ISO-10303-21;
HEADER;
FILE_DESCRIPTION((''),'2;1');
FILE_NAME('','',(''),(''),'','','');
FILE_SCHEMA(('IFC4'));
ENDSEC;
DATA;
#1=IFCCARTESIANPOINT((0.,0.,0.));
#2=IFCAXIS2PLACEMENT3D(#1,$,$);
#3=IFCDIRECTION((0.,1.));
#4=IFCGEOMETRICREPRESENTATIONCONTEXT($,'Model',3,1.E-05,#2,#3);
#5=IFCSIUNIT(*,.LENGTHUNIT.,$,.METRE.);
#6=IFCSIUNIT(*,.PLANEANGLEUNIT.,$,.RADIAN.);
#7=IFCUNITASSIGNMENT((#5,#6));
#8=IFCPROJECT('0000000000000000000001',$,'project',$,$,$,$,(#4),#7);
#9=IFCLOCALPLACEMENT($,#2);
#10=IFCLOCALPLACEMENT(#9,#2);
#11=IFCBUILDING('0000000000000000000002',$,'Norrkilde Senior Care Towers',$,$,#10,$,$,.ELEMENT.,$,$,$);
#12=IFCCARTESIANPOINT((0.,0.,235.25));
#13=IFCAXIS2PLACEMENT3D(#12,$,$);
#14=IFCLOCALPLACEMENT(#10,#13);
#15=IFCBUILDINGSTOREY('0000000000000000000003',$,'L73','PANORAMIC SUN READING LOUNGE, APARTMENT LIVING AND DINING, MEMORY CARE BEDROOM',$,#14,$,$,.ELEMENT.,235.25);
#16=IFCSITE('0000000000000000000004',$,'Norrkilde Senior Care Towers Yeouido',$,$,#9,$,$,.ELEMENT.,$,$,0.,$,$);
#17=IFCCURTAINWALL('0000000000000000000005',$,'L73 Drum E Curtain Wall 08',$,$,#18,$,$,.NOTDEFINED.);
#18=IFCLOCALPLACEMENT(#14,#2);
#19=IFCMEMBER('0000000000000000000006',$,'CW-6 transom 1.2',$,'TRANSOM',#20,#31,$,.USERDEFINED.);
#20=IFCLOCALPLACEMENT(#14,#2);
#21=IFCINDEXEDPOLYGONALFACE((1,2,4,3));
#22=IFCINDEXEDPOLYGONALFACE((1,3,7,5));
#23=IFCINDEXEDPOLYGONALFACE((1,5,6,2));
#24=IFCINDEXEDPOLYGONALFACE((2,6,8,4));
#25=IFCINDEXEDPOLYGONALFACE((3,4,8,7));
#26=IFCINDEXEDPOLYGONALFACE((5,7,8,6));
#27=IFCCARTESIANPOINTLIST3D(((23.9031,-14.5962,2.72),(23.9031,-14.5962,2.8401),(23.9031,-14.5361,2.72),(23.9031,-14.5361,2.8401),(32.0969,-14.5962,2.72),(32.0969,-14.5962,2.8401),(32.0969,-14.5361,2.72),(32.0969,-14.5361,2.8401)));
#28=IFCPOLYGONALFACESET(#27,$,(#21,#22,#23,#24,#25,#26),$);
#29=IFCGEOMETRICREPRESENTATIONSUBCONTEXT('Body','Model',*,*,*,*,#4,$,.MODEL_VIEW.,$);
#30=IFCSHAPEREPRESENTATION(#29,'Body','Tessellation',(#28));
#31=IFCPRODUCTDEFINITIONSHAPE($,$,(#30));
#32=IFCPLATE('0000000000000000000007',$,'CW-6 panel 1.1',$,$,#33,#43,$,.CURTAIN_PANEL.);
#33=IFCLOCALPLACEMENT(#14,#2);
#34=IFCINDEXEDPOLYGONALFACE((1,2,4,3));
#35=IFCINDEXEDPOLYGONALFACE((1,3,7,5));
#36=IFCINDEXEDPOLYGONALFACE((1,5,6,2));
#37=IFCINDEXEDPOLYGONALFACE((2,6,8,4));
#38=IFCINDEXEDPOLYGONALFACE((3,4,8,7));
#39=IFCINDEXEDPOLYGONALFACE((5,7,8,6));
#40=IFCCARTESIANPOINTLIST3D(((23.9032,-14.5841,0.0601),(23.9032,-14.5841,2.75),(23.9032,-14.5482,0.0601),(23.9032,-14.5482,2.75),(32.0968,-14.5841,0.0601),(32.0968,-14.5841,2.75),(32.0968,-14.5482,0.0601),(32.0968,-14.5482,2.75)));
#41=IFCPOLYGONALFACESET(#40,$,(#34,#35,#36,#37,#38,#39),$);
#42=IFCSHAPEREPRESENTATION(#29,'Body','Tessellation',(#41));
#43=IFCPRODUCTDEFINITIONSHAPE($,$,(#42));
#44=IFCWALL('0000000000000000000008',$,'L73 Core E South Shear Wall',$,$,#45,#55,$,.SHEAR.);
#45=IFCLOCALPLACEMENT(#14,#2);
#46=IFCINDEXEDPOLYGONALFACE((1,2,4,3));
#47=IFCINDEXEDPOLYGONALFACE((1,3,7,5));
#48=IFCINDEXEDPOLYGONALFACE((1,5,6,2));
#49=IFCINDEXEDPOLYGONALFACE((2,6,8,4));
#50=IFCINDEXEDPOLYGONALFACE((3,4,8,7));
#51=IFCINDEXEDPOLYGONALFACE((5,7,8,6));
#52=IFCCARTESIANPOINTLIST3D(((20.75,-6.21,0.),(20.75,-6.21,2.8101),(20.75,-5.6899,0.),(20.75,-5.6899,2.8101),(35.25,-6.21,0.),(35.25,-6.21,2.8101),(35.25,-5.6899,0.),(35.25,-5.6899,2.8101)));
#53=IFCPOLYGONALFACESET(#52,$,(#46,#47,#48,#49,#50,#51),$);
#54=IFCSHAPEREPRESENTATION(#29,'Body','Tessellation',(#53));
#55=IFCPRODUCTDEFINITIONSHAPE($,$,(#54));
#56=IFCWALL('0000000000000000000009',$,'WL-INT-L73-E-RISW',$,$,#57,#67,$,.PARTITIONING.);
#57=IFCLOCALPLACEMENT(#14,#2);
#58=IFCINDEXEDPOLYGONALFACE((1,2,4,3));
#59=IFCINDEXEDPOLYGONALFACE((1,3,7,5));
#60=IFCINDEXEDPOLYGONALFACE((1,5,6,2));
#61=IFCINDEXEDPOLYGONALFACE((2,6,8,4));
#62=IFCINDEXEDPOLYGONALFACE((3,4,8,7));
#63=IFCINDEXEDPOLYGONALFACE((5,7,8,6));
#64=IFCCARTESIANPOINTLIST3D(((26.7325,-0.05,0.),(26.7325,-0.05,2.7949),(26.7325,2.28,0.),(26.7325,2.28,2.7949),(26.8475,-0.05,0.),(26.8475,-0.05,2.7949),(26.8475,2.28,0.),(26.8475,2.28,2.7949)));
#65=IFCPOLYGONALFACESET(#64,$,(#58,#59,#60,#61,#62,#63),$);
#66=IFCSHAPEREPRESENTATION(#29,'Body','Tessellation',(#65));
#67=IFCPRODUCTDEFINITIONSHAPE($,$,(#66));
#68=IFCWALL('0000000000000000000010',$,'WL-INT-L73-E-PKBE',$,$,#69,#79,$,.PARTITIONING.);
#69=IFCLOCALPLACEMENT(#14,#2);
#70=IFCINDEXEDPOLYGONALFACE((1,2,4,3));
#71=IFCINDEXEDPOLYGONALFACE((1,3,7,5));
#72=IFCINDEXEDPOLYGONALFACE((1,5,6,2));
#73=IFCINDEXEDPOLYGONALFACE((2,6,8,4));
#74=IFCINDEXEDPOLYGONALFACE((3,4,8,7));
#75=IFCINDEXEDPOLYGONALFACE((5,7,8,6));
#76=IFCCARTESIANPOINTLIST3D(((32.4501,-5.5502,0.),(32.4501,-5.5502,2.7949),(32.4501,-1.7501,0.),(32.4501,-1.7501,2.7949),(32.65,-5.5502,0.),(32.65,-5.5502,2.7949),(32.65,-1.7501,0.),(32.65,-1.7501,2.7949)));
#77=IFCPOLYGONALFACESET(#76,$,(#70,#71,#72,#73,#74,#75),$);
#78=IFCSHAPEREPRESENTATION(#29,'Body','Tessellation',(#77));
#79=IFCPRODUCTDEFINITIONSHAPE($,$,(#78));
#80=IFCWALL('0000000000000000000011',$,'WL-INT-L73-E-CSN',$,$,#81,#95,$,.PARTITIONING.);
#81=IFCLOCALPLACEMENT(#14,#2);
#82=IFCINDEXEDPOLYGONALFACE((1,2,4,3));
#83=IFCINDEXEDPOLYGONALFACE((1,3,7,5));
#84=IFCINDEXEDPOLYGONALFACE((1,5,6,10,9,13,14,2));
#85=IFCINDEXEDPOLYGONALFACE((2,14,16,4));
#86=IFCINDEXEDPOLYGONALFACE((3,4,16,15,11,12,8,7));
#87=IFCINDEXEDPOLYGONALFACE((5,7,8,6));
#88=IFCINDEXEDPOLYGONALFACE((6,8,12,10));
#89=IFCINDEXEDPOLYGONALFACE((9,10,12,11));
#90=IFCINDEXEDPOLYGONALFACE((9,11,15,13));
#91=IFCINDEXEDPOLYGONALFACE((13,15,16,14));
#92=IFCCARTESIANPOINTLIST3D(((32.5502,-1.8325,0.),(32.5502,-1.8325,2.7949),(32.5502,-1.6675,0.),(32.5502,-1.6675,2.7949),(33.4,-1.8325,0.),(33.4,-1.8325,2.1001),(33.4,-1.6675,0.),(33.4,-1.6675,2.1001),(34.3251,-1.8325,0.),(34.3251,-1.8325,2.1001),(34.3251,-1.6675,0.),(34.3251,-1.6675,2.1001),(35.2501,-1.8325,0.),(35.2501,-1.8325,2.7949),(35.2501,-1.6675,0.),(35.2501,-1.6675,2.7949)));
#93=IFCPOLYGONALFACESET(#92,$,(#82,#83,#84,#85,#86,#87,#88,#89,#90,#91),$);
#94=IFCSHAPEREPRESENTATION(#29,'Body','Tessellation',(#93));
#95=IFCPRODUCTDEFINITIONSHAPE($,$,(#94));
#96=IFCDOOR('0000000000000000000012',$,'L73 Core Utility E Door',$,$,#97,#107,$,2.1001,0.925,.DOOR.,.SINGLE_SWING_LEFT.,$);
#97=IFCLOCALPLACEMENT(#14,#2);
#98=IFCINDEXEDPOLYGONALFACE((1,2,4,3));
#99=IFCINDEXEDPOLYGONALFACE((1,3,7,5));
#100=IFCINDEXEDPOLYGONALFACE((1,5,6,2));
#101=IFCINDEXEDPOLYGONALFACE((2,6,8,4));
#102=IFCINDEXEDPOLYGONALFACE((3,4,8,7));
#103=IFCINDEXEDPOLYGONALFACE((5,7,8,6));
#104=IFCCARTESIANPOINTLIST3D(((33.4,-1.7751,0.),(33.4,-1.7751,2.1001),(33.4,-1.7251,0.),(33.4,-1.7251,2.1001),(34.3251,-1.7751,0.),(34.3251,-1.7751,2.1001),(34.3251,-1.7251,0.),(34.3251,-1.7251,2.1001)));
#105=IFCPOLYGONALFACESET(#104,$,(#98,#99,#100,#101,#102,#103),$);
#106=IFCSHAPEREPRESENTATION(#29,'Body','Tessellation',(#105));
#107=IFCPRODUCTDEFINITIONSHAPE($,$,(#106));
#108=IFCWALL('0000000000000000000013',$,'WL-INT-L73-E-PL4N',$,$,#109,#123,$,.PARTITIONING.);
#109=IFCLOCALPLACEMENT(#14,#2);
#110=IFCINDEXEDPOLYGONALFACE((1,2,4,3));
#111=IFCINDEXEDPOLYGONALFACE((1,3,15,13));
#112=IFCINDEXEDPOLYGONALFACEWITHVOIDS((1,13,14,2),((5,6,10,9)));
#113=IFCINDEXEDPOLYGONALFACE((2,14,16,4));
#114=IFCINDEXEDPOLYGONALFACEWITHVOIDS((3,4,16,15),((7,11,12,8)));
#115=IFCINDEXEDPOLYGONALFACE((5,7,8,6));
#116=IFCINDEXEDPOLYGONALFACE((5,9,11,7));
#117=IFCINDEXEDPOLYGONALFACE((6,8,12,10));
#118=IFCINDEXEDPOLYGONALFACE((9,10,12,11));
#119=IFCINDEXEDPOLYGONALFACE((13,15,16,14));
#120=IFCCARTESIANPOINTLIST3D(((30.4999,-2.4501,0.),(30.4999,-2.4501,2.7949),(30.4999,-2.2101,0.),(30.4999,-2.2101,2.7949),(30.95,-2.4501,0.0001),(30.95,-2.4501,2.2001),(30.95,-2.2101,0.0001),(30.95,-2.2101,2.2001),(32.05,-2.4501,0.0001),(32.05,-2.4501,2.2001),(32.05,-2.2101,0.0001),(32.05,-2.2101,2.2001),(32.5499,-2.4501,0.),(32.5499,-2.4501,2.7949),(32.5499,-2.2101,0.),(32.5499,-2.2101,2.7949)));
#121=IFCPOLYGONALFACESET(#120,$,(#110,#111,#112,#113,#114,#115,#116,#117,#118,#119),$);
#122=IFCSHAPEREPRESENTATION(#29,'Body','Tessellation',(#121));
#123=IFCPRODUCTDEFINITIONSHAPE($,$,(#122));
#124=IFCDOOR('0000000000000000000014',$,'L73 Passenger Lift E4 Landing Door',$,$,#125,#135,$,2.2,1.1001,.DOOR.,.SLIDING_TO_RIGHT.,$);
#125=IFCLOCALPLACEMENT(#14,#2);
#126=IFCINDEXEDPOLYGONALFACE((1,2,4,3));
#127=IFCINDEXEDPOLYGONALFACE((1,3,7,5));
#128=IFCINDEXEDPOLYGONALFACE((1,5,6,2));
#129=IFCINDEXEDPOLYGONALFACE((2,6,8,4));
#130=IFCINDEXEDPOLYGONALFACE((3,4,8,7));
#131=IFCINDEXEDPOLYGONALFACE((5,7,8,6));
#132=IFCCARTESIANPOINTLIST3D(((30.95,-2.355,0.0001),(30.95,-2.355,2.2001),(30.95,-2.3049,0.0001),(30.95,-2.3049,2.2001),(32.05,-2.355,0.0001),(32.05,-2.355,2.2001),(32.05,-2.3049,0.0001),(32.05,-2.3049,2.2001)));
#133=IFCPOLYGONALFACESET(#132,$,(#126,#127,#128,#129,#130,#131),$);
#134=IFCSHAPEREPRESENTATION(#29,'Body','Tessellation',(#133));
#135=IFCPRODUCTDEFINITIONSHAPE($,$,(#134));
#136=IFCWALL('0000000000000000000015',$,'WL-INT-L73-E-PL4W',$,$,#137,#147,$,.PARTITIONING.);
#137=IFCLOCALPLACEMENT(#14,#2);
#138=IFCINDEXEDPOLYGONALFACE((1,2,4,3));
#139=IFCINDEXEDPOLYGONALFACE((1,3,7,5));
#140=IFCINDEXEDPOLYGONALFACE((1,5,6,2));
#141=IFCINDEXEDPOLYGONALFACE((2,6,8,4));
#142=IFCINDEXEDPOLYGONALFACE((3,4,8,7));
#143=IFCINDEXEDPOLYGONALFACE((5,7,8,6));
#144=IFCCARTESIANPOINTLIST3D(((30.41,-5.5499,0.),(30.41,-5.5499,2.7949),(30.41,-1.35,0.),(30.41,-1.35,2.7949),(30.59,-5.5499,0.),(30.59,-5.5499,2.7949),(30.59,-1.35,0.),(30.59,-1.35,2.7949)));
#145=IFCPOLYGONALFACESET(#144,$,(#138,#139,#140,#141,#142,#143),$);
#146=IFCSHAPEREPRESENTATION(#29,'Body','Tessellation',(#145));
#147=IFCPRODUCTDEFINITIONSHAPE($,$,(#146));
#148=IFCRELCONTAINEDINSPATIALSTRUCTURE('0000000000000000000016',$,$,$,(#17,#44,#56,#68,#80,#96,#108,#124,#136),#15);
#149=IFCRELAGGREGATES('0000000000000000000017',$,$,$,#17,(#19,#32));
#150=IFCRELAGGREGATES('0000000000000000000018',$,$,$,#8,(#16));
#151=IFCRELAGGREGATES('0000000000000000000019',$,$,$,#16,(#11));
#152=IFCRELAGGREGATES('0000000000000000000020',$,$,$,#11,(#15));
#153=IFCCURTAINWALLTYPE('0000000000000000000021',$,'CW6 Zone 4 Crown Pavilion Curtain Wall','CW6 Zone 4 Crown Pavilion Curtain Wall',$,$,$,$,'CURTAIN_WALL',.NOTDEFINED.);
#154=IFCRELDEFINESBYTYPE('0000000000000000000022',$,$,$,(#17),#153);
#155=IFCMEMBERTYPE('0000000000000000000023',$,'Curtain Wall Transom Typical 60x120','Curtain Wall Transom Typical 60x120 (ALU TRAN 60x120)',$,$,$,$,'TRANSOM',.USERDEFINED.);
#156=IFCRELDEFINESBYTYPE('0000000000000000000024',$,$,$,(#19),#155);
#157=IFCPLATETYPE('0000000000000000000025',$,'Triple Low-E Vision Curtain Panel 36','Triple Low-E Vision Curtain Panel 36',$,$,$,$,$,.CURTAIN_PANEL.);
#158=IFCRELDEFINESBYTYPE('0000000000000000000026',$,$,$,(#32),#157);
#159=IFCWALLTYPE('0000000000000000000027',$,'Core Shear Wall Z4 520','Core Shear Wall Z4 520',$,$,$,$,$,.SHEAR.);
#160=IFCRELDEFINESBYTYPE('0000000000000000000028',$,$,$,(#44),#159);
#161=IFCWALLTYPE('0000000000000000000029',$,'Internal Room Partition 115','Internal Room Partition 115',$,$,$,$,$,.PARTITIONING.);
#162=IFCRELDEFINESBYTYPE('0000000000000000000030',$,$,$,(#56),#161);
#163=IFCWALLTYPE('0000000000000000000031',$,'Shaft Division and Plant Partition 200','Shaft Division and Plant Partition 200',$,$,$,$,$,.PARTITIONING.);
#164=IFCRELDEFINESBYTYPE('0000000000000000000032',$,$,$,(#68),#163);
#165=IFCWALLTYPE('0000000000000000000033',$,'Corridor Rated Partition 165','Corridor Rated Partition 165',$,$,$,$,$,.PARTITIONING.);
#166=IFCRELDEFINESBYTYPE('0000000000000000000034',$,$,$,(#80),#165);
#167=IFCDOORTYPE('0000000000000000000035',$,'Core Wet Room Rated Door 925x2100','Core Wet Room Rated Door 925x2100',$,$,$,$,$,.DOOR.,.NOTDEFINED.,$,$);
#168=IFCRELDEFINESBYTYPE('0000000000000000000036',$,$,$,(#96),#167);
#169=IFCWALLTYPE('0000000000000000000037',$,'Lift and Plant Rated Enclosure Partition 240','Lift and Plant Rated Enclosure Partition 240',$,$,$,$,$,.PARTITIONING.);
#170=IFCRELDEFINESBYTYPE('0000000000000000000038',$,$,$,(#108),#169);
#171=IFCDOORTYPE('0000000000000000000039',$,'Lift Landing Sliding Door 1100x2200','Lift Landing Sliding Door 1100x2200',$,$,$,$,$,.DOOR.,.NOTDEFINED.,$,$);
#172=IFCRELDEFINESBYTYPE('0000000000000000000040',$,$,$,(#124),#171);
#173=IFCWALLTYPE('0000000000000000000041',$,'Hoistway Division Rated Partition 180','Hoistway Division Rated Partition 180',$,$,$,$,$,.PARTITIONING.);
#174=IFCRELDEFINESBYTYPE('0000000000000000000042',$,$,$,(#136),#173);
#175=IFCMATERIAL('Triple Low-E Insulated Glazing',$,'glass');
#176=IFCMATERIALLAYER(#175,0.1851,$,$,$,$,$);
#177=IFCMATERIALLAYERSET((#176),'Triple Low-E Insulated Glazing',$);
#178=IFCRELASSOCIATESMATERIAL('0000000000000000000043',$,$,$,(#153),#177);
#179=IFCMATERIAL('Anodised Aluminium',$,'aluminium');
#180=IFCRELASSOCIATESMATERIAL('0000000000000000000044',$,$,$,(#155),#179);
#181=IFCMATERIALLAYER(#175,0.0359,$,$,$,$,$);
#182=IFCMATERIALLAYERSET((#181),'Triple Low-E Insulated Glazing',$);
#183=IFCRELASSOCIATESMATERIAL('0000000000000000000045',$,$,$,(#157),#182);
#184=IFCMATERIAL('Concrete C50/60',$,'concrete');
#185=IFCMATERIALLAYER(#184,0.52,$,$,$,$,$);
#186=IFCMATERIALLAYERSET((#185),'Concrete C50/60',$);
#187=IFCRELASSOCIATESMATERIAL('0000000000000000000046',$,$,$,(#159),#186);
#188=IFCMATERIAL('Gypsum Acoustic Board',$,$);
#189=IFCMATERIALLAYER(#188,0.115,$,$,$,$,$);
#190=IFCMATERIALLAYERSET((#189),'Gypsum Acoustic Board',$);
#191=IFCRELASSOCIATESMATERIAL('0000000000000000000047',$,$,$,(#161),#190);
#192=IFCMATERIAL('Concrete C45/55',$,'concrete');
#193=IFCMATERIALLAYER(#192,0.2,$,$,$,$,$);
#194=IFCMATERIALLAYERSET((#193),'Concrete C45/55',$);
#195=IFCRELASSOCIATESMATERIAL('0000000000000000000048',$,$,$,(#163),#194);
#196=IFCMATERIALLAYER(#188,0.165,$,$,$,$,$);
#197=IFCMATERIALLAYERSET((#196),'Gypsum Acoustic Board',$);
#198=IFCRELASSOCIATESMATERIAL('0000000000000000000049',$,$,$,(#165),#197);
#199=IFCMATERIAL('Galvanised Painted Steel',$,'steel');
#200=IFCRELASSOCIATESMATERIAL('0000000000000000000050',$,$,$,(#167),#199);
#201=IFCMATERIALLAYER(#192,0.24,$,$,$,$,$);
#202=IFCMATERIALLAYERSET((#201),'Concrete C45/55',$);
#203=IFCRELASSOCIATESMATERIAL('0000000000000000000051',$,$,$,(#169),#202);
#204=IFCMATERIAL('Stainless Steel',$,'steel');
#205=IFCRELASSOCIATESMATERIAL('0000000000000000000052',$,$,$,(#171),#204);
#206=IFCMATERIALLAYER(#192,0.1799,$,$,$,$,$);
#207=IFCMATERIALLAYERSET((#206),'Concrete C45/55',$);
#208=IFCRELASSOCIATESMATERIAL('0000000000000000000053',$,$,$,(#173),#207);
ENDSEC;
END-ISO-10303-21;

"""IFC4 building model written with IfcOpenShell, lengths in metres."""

from ifc_helpers import new_model, si_unit, direction, frame, frame_2d, origin, origin_2d, place, context, subcontext, project, spatial, rectangle, extrude, source, transform, mapped, material, layer, layer_set, material_profile, profile_set, type_object, type_shapes, element, fill, aggregate, save


model = new_model("IFC4")

# Units and contexts
model_context = context("Model", 3, precision=1e-05, world=origin(), true_north=direction((0.0, 1.0)))
body_context = subcontext(model_context, "Body", "Model", "MODEL_VIEW")
ifc_project = project(units=[si_unit("LENGTHUNIT", "METRE"), si_unit("PLANEANGLEUNIT", "RADIAN")], contexts=[model_context])

# Site, building, storey
site_placement = place(None, origin())
site = spatial("IfcSite", under=ifc_project, at=site_placement, Name="Norrkilde Senior Care Towers Yeouido", CompositionType="ELEMENT", RefElevation=0.0)
building_placement = place(site_placement, origin())
building = spatial("IfcBuilding", under=site, at=building_placement, Name="Norrkilde Senior Care Towers", CompositionType="ELEMENT")
storey_placement = place(building_placement, frame((0.0, 0.0, 235.25)))
storey = spatial("IfcBuildingStorey", under=building, at=storey_placement, Name="L73", Description="PANORAMIC SUN READING LOUNGE, APARTMENT LIVING AND DINING, MEMORY CARE BEDROOM", CompositionType="ELEMENT", Elevation=235.25)

# Shared definitions
ifc_material_1 = material(Name="Concrete C50/60", Category="concrete")

# Curtain wall
ifc_material_2 = material(Name="Triple Low-E Insulated Glazing", Category="glass")
ifc_layer_1 = layer(ifc_material_2, 0.1851)
ifc_layer_set_1 = layer_set([ifc_layer_1], Name="Triple Low-E Insulated Glazing")
curtain_wall_type = type_object("IfcCurtainWallType", Name="CW6 Zone 4 Crown Pavilion Curtain Wall", Description="CW6 Zone 4 Crown Pavilion Curtain Wall", ElementType="CURTAIN_WALL", PredefinedType="NOTDEFINED", material=ifc_layer_set_1)
curtain_wall_1_placement = place(storey_placement, origin())
curtain_wall_1 = element("IfcCurtainWall", 1, at=curtain_wall_1_placement, inside=storey, type_object=curtain_wall_type, Name="L73 Drum E Curtain Wall 08", PredefinedType="NOTDEFINED")
ifc_material_3 = material(Name="Anodised Aluminium", Category="aluminium")

# Member
ifc_material_profile_1 = material_profile(ifc_material_3, rectangle(XDim=0.0601, YDim=0.1201, at=origin_2d()), Name="ALU TRAN 60x120")
ifc_profile_set_1 = profile_set([ifc_material_profile_1], Name="Anodised Aluminium")
member_type_1 = type_object("IfcMemberType", Name="Curtain Wall Transom Typical 60x120", Description="Curtain Wall Transom Typical 60x120 (ALU TRAN 60x120)", ElementType="TRANSOM", PredefinedType="USERDEFINED", material=ifc_profile_set_1)
shared_shape_1 = source(origin(), body_context, "Body", "SweptSolid", [
    extrude(rectangle(XDim=0.0601, YDim=0.1201, at=origin_2d()), origin(), (0.0, 0.0, 1.0), 8.1938),
])
type_shapes(member_type_1, [shared_shape_1])
member_1_placement = place(storey_placement, frame((32.0969, -14.5662, 2.78), z_axis=(-1.0, 0.0, 0.0), x_axis=(0.0, -1.0, 0.0)))
member_1 = element("IfcMember", 2, at=member_1_placement, type_object=member_type_1, Name="CW-6 transom 1.2", ObjectType="TRANSOM", PredefinedType="USERDEFINED", context=body_context, shape_type="MappedRepresentation", body=[
    mapped(shared_shape_1, transform((0.0, 0.0, 0.0), x_axis=(1.0, 0.0, 0.0), y_axis=(0.0, 1.0, 0.0), z_axis=(0.0, 0.0, 1.0), scale=1.0)),
])

# Plate
ifc_layer_2 = layer(ifc_material_2, 0.0359)
ifc_layer_set_2 = layer_set([ifc_layer_2], Name="Triple Low-E Insulated Glazing")
plate_type = type_object("IfcPlateType", Name="Triple Low-E Vision Curtain Panel 36", Description="Triple Low-E Vision Curtain Panel 36", PredefinedType="CURTAIN_PANEL", material=ifc_layer_set_2)
shared_shape_2 = source(origin(), body_context, "Body", "SweptSolid", [
    extrude(rectangle(XDim=8.1936, YDim=0.0359, at=origin_2d()), origin(), (0.0, 0.0, 1.0), 2.6899),
])
type_shapes(plate_type, [shared_shape_2])
plate_placement = place(storey_placement, frame((28.0, -14.5662, 0.0601), z_axis=(0.0, 0.0, 1.0), x_axis=(-1.0, 0.0, 0.0)))
plate = element("IfcPlate", 3, at=plate_placement, type_object=plate_type, Name="CW-6 panel 1.1", PredefinedType="CURTAIN_PANEL", context=body_context, shape_type="MappedRepresentation", body=[
    mapped(shared_shape_2, transform((0.0, 0.0, 0.0), x_axis=(1.0, 0.0, 0.0), y_axis=(0.0, 1.0, 0.0), z_axis=(0.0, 0.0, 1.0), scale=1.0)),
])
aggregate(curtain_wall_1, [member_1, plate])

# Walls
ifc_layer_3 = layer(ifc_material_1, 0.52)
ifc_layer_set_3 = layer_set([ifc_layer_3], Name="Concrete C50/60")
wall_type_1 = type_object("IfcWallType", Name="Core Shear Wall Z4 520", Description="Core Shear Wall Z4 520", PredefinedType="SHEAR", material=ifc_layer_set_3)
shared_shape_3 = source(origin(), body_context, "Body", "SweptSolid", [
    extrude(rectangle(XDim=14.5, YDim=0.52, at=frame_2d((7.25, 0.0))), origin(), (0.0, 0.0, 1.0), 2.8101),
])
type_shapes(wall_type_1, [shared_shape_3])
wall_1_placement = place(storey_placement, frame((35.25, -5.95, 0.0), z_axis=(0.0, 0.0, 1.0), x_axis=(-1.0, 0.0, 0.0)))
element("IfcWall", 4, at=wall_1_placement, inside=storey, type_object=wall_type_1, Name="L73 Core E South Shear Wall", PredefinedType="SHEAR", context=body_context, shape_type="MappedRepresentation", body=[
    mapped(shared_shape_3, transform((0.0, 0.0, 0.0), x_axis=(1.0, 0.0, 0.0), y_axis=(0.0, 1.0, 0.0), z_axis=(0.0, 0.0, 1.0), scale=1.0)),
])
ifc_material_4 = material(Name="Gypsum Acoustic Board")
ifc_layer_4 = layer(ifc_material_4, 0.115)
ifc_layer_set_4 = layer_set([ifc_layer_4], Name="Gypsum Acoustic Board")
wall_type_2 = type_object("IfcWallType", Name="Internal Room Partition 115", Description="Internal Room Partition 115", PredefinedType="PARTITIONING", material=ifc_layer_set_4)
shared_shape_4 = source(origin(), body_context, "Body", "SweptSolid", [
    extrude(rectangle(XDim=2.3301, YDim=0.115, at=frame_2d((1.165, 0.0))), origin(), (0.0, 0.0, 1.0), 2.7949),
])
wall_2_placement = place(storey_placement, frame((26.79, -0.05, 0.0), z_axis=(0.0, 0.0, 1.0), x_axis=(0.0, 1.0, 0.0)))
element("IfcWall", 5, at=wall_2_placement, inside=storey, type_object=wall_type_2, Name="WL-INT-L73-E-RISW", PredefinedType="PARTITIONING", context=body_context, shape_type="MappedRepresentation", body=[
    mapped(shared_shape_4, transform((0.0, 0.0, 0.0), x_axis=(1.0, 0.0, 0.0), y_axis=(0.0, 1.0, 0.0), z_axis=(0.0, 0.0, 1.0), scale=1.0)),
])
ifc_material_5 = material(Name="Concrete C45/55", Category="concrete")
ifc_layer_5 = layer(ifc_material_5, 0.2)
ifc_layer_set_5 = layer_set([ifc_layer_5], Name="Concrete C45/55")
wall_type_3 = type_object("IfcWallType", Name="Shaft Division and Plant Partition 200", Description="Shaft Division and Plant Partition 200", PredefinedType="PARTITIONING", material=ifc_layer_set_5)
shared_shape_5 = source(origin(), body_context, "Body", "SweptSolid", [
    extrude(rectangle(XDim=3.8, YDim=0.2, at=frame_2d((1.8999, 0.0))), origin(), (0.0, 0.0, 1.0), 2.7949),
])
type_shapes(wall_type_3, [shared_shape_5])
wall_3_placement = place(storey_placement, frame((32.55, -5.55, 0.0), z_axis=(0.0, 0.0, 1.0), x_axis=(0.0, 1.0, 0.0)))
element("IfcWall", 6, at=wall_3_placement, inside=storey, type_object=wall_type_3, Name="WL-INT-L73-E-PKBE", PredefinedType="PARTITIONING", context=body_context, shape_type="MappedRepresentation", body=[
    mapped(shared_shape_5, transform((0.0, 0.0, 0.0), x_axis=(1.0, 0.0, 0.0), y_axis=(0.0, 1.0, 0.0), z_axis=(0.0, 0.0, 1.0), scale=1.0)),
])

# Walls, openings, doors
ifc_layer_6 = layer(ifc_material_4, 0.165)
ifc_layer_set_6 = layer_set([ifc_layer_6], Name="Gypsum Acoustic Board")
wall_type_4 = type_object("IfcWallType", Name="Corridor Rated Partition 165", Description="Corridor Rated Partition 165", PredefinedType="PARTITIONING", material=ifc_layer_set_6)
shared_shape_6 = source(origin(), body_context, "Body", "SweptSolid", [
    extrude(rectangle(XDim=2.7, YDim=0.165, at=frame_2d((1.3501, 0.0))), origin(), (0.0, 0.0, 1.0), 2.7949),
])
wall_4_placement = place(storey_placement, frame((32.55, -1.75, 0.0), z_axis=(0.0, 0.0, 1.0), x_axis=(1.0, 0.0, 0.0)))
wall_4 = element("IfcWall", 7, at=wall_4_placement, inside=storey, type_object=wall_type_4, Name="WL-INT-L73-E-CSN", PredefinedType="PARTITIONING", context=body_context, shape_type="MappedRepresentation", body=[
    mapped(shared_shape_6, transform((0.0, 0.0, 0.0), x_axis=(1.0, 0.0, 0.0), y_axis=(0.0, 1.0, 0.0), z_axis=(0.0, 0.0, 1.0), scale=1.0)),
])
opening_1_placement = place(wall_4_placement, frame((0.8501, 0.0, 0.0)))
opening_1 = element("IfcOpeningElement", 8, at=opening_1_placement, cuts=wall_4, PredefinedType="OPENING", context=body_context, shape_type="SweptSolid", body=[
    extrude(rectangle(XDim=0.925, YDim=2.1001, at=frame_2d((0.4624, 1.05))), frame((0.0, 0.0925, 0.0), z_axis=(0.0, -1.0, 0.0), x_axis=(1.0, 0.0, 0.0)), (0.0, 0.0, 1.0), 0.1851),
])
ifc_material_6 = material(Name="Galvanised Painted Steel", Category="steel")
door_type_1 = type_object("IfcDoorType", Name="Core Wet Room Rated Door 925x2100", Description="Core Wet Room Rated Door 925x2100", OperationType="NOTDEFINED", PredefinedType="DOOR", material=ifc_material_6)
shared_shape_7 = source(origin(), body_context, "Body", "SweptSolid", [
    extrude(rectangle(XDim=0.925, YDim=2.1001, at=frame_2d((0.4624, 1.05))), frame((0.0, 0.0249, 0.0), z_axis=(0.0, -1.0, 0.0), x_axis=(1.0, 0.0, 0.0)), (0.0, 0.0, 1.0), 0.05),
])
type_shapes(door_type_1, [shared_shape_7])
door_1_placement = place(opening_1_placement, origin())
door_1 = element("IfcDoor", 9, at=door_1_placement, inside=storey, type_object=door_type_1, Name="L73 Core Utility E Door", OperationType="SINGLE_SWING_LEFT", OverallHeight=2.1001, OverallWidth=0.925, PredefinedType="DOOR", context=body_context, shape_type="MappedRepresentation", body=[
    mapped(shared_shape_7, transform((0.0, 0.0, 0.0), x_axis=(1.0, 0.0, 0.0), y_axis=(0.0, 1.0, 0.0), z_axis=(0.0, 0.0, 1.0), scale=1.0)),
])
fill(opening_1, door_1)
ifc_layer_7 = layer(ifc_material_5, 0.24)
ifc_layer_set_7 = layer_set([ifc_layer_7], Name="Concrete C45/55")
wall_type_5 = type_object("IfcWallType", Name="Lift and Plant Rated Enclosure Partition 240", Description="Lift and Plant Rated Enclosure Partition 240", PredefinedType="PARTITIONING", material=ifc_layer_set_7)
shared_shape_8 = source(origin(), body_context, "Body", "SweptSolid", [
    extrude(rectangle(XDim=2.05, YDim=0.24, at=frame_2d((1.0249, 0.0))), origin(), (0.0, 0.0, 1.0), 2.7949),
])
type_shapes(wall_type_5, [shared_shape_8])
wall_5_placement = place(storey_placement, frame((30.5, -2.3301, 0.0), z_axis=(0.0, 0.0, 1.0), x_axis=(1.0, 0.0, 0.0)))
wall_5 = element("IfcWall", 10, at=wall_5_placement, inside=storey, type_object=wall_type_5, Name="WL-INT-L73-E-PL4N", PredefinedType="PARTITIONING", context=body_context, shape_type="MappedRepresentation", body=[
    mapped(shared_shape_8, transform((0.0, 0.0, 0.0), x_axis=(1.0, 0.0, 0.0), y_axis=(0.0, 1.0, 0.0), z_axis=(0.0, 0.0, 1.0), scale=1.0)),
])
opening_2_placement = place(wall_5_placement, frame((0.45, 0.0, 0.0)))
opening_2 = element("IfcOpeningElement", 11, at=opening_2_placement, cuts=wall_5, PredefinedType="OPENING", context=body_context, shape_type="SweptSolid", body=[
    extrude(rectangle(XDim=1.1001, YDim=2.2, at=frame_2d((0.55, 1.1001))), frame((0.0, 0.1299, 0.0), z_axis=(0.0, -1.0, 0.0), x_axis=(1.0, 0.0, 0.0)), (0.0, 0.0, 1.0), 0.26),
])
ifc_material_7 = material(Name="Stainless Steel", Category="steel")
door_type_2 = type_object("IfcDoorType", Name="Lift Landing Sliding Door 1100x2200", Description="Lift Landing Sliding Door 1100x2200", OperationType="NOTDEFINED", PredefinedType="DOOR", material=ifc_material_7)
shared_shape_9 = source(origin(), body_context, "Body", "SweptSolid", [
    extrude(rectangle(XDim=1.1001, YDim=2.2, at=frame_2d((0.55, 1.1001))), frame((0.0, 0.0249, 0.0), z_axis=(0.0, -1.0, 0.0), x_axis=(1.0, 0.0, 0.0)), (0.0, 0.0, 1.0), 0.05),
])
type_shapes(door_type_2, [shared_shape_9])
door_2_placement = place(opening_2_placement, frame((1.1001, 0.0, 0.0), z_axis=(0.0, 0.0, 1.0), x_axis=(-1.0, 0.0, 0.0)))
door_2 = element("IfcDoor", 12, at=door_2_placement, inside=storey, type_object=door_type_2, Name="L73 Passenger Lift E4 Landing Door", OperationType="SLIDING_TO_RIGHT", OverallHeight=2.2, OverallWidth=1.1001, PredefinedType="DOOR", context=body_context, shape_type="MappedRepresentation", body=[
    mapped(shared_shape_9, transform((0.0, 0.0, 0.0), x_axis=(1.0, 0.0, 0.0), y_axis=(0.0, 1.0, 0.0), z_axis=(0.0, 0.0, 1.0), scale=1.0)),
])
fill(opening_2, door_2)

# Wall
ifc_layer_8 = layer(ifc_material_5, 0.1799)
ifc_layer_set_8 = layer_set([ifc_layer_8], Name="Concrete C45/55")
wall_type_6 = type_object("IfcWallType", Name="Hoistway Division Rated Partition 180", Description="Hoistway Division Rated Partition 180", PredefinedType="PARTITIONING", material=ifc_layer_set_8)
shared_shape_10 = source(origin(), body_context, "Body", "SweptSolid", [
    extrude(rectangle(XDim=4.2, YDim=0.1799, at=frame_2d((2.1001, 0.0))), origin(), (0.0, 0.0, 1.0), 2.7949),
])
type_shapes(wall_type_6, [shared_shape_10])
wall_6_placement = place(storey_placement, frame((30.5, -5.55, 0.0), z_axis=(0.0, 0.0, 1.0), x_axis=(0.0, 1.0, 0.0)))
element("IfcWall", 13, at=wall_6_placement, inside=storey, type_object=wall_type_6, Name="WL-INT-L73-E-PL4W", PredefinedType="PARTITIONING", context=body_context, shape_type="MappedRepresentation", body=[
    mapped(shared_shape_10, transform((0.0, 0.0, 0.0), x_axis=(1.0, 0.0, 0.0), y_axis=(0.0, 1.0, 0.0), z_axis=(0.0, 0.0, 1.0), scale=1.0)),
])

save(model, "model.ifc")
